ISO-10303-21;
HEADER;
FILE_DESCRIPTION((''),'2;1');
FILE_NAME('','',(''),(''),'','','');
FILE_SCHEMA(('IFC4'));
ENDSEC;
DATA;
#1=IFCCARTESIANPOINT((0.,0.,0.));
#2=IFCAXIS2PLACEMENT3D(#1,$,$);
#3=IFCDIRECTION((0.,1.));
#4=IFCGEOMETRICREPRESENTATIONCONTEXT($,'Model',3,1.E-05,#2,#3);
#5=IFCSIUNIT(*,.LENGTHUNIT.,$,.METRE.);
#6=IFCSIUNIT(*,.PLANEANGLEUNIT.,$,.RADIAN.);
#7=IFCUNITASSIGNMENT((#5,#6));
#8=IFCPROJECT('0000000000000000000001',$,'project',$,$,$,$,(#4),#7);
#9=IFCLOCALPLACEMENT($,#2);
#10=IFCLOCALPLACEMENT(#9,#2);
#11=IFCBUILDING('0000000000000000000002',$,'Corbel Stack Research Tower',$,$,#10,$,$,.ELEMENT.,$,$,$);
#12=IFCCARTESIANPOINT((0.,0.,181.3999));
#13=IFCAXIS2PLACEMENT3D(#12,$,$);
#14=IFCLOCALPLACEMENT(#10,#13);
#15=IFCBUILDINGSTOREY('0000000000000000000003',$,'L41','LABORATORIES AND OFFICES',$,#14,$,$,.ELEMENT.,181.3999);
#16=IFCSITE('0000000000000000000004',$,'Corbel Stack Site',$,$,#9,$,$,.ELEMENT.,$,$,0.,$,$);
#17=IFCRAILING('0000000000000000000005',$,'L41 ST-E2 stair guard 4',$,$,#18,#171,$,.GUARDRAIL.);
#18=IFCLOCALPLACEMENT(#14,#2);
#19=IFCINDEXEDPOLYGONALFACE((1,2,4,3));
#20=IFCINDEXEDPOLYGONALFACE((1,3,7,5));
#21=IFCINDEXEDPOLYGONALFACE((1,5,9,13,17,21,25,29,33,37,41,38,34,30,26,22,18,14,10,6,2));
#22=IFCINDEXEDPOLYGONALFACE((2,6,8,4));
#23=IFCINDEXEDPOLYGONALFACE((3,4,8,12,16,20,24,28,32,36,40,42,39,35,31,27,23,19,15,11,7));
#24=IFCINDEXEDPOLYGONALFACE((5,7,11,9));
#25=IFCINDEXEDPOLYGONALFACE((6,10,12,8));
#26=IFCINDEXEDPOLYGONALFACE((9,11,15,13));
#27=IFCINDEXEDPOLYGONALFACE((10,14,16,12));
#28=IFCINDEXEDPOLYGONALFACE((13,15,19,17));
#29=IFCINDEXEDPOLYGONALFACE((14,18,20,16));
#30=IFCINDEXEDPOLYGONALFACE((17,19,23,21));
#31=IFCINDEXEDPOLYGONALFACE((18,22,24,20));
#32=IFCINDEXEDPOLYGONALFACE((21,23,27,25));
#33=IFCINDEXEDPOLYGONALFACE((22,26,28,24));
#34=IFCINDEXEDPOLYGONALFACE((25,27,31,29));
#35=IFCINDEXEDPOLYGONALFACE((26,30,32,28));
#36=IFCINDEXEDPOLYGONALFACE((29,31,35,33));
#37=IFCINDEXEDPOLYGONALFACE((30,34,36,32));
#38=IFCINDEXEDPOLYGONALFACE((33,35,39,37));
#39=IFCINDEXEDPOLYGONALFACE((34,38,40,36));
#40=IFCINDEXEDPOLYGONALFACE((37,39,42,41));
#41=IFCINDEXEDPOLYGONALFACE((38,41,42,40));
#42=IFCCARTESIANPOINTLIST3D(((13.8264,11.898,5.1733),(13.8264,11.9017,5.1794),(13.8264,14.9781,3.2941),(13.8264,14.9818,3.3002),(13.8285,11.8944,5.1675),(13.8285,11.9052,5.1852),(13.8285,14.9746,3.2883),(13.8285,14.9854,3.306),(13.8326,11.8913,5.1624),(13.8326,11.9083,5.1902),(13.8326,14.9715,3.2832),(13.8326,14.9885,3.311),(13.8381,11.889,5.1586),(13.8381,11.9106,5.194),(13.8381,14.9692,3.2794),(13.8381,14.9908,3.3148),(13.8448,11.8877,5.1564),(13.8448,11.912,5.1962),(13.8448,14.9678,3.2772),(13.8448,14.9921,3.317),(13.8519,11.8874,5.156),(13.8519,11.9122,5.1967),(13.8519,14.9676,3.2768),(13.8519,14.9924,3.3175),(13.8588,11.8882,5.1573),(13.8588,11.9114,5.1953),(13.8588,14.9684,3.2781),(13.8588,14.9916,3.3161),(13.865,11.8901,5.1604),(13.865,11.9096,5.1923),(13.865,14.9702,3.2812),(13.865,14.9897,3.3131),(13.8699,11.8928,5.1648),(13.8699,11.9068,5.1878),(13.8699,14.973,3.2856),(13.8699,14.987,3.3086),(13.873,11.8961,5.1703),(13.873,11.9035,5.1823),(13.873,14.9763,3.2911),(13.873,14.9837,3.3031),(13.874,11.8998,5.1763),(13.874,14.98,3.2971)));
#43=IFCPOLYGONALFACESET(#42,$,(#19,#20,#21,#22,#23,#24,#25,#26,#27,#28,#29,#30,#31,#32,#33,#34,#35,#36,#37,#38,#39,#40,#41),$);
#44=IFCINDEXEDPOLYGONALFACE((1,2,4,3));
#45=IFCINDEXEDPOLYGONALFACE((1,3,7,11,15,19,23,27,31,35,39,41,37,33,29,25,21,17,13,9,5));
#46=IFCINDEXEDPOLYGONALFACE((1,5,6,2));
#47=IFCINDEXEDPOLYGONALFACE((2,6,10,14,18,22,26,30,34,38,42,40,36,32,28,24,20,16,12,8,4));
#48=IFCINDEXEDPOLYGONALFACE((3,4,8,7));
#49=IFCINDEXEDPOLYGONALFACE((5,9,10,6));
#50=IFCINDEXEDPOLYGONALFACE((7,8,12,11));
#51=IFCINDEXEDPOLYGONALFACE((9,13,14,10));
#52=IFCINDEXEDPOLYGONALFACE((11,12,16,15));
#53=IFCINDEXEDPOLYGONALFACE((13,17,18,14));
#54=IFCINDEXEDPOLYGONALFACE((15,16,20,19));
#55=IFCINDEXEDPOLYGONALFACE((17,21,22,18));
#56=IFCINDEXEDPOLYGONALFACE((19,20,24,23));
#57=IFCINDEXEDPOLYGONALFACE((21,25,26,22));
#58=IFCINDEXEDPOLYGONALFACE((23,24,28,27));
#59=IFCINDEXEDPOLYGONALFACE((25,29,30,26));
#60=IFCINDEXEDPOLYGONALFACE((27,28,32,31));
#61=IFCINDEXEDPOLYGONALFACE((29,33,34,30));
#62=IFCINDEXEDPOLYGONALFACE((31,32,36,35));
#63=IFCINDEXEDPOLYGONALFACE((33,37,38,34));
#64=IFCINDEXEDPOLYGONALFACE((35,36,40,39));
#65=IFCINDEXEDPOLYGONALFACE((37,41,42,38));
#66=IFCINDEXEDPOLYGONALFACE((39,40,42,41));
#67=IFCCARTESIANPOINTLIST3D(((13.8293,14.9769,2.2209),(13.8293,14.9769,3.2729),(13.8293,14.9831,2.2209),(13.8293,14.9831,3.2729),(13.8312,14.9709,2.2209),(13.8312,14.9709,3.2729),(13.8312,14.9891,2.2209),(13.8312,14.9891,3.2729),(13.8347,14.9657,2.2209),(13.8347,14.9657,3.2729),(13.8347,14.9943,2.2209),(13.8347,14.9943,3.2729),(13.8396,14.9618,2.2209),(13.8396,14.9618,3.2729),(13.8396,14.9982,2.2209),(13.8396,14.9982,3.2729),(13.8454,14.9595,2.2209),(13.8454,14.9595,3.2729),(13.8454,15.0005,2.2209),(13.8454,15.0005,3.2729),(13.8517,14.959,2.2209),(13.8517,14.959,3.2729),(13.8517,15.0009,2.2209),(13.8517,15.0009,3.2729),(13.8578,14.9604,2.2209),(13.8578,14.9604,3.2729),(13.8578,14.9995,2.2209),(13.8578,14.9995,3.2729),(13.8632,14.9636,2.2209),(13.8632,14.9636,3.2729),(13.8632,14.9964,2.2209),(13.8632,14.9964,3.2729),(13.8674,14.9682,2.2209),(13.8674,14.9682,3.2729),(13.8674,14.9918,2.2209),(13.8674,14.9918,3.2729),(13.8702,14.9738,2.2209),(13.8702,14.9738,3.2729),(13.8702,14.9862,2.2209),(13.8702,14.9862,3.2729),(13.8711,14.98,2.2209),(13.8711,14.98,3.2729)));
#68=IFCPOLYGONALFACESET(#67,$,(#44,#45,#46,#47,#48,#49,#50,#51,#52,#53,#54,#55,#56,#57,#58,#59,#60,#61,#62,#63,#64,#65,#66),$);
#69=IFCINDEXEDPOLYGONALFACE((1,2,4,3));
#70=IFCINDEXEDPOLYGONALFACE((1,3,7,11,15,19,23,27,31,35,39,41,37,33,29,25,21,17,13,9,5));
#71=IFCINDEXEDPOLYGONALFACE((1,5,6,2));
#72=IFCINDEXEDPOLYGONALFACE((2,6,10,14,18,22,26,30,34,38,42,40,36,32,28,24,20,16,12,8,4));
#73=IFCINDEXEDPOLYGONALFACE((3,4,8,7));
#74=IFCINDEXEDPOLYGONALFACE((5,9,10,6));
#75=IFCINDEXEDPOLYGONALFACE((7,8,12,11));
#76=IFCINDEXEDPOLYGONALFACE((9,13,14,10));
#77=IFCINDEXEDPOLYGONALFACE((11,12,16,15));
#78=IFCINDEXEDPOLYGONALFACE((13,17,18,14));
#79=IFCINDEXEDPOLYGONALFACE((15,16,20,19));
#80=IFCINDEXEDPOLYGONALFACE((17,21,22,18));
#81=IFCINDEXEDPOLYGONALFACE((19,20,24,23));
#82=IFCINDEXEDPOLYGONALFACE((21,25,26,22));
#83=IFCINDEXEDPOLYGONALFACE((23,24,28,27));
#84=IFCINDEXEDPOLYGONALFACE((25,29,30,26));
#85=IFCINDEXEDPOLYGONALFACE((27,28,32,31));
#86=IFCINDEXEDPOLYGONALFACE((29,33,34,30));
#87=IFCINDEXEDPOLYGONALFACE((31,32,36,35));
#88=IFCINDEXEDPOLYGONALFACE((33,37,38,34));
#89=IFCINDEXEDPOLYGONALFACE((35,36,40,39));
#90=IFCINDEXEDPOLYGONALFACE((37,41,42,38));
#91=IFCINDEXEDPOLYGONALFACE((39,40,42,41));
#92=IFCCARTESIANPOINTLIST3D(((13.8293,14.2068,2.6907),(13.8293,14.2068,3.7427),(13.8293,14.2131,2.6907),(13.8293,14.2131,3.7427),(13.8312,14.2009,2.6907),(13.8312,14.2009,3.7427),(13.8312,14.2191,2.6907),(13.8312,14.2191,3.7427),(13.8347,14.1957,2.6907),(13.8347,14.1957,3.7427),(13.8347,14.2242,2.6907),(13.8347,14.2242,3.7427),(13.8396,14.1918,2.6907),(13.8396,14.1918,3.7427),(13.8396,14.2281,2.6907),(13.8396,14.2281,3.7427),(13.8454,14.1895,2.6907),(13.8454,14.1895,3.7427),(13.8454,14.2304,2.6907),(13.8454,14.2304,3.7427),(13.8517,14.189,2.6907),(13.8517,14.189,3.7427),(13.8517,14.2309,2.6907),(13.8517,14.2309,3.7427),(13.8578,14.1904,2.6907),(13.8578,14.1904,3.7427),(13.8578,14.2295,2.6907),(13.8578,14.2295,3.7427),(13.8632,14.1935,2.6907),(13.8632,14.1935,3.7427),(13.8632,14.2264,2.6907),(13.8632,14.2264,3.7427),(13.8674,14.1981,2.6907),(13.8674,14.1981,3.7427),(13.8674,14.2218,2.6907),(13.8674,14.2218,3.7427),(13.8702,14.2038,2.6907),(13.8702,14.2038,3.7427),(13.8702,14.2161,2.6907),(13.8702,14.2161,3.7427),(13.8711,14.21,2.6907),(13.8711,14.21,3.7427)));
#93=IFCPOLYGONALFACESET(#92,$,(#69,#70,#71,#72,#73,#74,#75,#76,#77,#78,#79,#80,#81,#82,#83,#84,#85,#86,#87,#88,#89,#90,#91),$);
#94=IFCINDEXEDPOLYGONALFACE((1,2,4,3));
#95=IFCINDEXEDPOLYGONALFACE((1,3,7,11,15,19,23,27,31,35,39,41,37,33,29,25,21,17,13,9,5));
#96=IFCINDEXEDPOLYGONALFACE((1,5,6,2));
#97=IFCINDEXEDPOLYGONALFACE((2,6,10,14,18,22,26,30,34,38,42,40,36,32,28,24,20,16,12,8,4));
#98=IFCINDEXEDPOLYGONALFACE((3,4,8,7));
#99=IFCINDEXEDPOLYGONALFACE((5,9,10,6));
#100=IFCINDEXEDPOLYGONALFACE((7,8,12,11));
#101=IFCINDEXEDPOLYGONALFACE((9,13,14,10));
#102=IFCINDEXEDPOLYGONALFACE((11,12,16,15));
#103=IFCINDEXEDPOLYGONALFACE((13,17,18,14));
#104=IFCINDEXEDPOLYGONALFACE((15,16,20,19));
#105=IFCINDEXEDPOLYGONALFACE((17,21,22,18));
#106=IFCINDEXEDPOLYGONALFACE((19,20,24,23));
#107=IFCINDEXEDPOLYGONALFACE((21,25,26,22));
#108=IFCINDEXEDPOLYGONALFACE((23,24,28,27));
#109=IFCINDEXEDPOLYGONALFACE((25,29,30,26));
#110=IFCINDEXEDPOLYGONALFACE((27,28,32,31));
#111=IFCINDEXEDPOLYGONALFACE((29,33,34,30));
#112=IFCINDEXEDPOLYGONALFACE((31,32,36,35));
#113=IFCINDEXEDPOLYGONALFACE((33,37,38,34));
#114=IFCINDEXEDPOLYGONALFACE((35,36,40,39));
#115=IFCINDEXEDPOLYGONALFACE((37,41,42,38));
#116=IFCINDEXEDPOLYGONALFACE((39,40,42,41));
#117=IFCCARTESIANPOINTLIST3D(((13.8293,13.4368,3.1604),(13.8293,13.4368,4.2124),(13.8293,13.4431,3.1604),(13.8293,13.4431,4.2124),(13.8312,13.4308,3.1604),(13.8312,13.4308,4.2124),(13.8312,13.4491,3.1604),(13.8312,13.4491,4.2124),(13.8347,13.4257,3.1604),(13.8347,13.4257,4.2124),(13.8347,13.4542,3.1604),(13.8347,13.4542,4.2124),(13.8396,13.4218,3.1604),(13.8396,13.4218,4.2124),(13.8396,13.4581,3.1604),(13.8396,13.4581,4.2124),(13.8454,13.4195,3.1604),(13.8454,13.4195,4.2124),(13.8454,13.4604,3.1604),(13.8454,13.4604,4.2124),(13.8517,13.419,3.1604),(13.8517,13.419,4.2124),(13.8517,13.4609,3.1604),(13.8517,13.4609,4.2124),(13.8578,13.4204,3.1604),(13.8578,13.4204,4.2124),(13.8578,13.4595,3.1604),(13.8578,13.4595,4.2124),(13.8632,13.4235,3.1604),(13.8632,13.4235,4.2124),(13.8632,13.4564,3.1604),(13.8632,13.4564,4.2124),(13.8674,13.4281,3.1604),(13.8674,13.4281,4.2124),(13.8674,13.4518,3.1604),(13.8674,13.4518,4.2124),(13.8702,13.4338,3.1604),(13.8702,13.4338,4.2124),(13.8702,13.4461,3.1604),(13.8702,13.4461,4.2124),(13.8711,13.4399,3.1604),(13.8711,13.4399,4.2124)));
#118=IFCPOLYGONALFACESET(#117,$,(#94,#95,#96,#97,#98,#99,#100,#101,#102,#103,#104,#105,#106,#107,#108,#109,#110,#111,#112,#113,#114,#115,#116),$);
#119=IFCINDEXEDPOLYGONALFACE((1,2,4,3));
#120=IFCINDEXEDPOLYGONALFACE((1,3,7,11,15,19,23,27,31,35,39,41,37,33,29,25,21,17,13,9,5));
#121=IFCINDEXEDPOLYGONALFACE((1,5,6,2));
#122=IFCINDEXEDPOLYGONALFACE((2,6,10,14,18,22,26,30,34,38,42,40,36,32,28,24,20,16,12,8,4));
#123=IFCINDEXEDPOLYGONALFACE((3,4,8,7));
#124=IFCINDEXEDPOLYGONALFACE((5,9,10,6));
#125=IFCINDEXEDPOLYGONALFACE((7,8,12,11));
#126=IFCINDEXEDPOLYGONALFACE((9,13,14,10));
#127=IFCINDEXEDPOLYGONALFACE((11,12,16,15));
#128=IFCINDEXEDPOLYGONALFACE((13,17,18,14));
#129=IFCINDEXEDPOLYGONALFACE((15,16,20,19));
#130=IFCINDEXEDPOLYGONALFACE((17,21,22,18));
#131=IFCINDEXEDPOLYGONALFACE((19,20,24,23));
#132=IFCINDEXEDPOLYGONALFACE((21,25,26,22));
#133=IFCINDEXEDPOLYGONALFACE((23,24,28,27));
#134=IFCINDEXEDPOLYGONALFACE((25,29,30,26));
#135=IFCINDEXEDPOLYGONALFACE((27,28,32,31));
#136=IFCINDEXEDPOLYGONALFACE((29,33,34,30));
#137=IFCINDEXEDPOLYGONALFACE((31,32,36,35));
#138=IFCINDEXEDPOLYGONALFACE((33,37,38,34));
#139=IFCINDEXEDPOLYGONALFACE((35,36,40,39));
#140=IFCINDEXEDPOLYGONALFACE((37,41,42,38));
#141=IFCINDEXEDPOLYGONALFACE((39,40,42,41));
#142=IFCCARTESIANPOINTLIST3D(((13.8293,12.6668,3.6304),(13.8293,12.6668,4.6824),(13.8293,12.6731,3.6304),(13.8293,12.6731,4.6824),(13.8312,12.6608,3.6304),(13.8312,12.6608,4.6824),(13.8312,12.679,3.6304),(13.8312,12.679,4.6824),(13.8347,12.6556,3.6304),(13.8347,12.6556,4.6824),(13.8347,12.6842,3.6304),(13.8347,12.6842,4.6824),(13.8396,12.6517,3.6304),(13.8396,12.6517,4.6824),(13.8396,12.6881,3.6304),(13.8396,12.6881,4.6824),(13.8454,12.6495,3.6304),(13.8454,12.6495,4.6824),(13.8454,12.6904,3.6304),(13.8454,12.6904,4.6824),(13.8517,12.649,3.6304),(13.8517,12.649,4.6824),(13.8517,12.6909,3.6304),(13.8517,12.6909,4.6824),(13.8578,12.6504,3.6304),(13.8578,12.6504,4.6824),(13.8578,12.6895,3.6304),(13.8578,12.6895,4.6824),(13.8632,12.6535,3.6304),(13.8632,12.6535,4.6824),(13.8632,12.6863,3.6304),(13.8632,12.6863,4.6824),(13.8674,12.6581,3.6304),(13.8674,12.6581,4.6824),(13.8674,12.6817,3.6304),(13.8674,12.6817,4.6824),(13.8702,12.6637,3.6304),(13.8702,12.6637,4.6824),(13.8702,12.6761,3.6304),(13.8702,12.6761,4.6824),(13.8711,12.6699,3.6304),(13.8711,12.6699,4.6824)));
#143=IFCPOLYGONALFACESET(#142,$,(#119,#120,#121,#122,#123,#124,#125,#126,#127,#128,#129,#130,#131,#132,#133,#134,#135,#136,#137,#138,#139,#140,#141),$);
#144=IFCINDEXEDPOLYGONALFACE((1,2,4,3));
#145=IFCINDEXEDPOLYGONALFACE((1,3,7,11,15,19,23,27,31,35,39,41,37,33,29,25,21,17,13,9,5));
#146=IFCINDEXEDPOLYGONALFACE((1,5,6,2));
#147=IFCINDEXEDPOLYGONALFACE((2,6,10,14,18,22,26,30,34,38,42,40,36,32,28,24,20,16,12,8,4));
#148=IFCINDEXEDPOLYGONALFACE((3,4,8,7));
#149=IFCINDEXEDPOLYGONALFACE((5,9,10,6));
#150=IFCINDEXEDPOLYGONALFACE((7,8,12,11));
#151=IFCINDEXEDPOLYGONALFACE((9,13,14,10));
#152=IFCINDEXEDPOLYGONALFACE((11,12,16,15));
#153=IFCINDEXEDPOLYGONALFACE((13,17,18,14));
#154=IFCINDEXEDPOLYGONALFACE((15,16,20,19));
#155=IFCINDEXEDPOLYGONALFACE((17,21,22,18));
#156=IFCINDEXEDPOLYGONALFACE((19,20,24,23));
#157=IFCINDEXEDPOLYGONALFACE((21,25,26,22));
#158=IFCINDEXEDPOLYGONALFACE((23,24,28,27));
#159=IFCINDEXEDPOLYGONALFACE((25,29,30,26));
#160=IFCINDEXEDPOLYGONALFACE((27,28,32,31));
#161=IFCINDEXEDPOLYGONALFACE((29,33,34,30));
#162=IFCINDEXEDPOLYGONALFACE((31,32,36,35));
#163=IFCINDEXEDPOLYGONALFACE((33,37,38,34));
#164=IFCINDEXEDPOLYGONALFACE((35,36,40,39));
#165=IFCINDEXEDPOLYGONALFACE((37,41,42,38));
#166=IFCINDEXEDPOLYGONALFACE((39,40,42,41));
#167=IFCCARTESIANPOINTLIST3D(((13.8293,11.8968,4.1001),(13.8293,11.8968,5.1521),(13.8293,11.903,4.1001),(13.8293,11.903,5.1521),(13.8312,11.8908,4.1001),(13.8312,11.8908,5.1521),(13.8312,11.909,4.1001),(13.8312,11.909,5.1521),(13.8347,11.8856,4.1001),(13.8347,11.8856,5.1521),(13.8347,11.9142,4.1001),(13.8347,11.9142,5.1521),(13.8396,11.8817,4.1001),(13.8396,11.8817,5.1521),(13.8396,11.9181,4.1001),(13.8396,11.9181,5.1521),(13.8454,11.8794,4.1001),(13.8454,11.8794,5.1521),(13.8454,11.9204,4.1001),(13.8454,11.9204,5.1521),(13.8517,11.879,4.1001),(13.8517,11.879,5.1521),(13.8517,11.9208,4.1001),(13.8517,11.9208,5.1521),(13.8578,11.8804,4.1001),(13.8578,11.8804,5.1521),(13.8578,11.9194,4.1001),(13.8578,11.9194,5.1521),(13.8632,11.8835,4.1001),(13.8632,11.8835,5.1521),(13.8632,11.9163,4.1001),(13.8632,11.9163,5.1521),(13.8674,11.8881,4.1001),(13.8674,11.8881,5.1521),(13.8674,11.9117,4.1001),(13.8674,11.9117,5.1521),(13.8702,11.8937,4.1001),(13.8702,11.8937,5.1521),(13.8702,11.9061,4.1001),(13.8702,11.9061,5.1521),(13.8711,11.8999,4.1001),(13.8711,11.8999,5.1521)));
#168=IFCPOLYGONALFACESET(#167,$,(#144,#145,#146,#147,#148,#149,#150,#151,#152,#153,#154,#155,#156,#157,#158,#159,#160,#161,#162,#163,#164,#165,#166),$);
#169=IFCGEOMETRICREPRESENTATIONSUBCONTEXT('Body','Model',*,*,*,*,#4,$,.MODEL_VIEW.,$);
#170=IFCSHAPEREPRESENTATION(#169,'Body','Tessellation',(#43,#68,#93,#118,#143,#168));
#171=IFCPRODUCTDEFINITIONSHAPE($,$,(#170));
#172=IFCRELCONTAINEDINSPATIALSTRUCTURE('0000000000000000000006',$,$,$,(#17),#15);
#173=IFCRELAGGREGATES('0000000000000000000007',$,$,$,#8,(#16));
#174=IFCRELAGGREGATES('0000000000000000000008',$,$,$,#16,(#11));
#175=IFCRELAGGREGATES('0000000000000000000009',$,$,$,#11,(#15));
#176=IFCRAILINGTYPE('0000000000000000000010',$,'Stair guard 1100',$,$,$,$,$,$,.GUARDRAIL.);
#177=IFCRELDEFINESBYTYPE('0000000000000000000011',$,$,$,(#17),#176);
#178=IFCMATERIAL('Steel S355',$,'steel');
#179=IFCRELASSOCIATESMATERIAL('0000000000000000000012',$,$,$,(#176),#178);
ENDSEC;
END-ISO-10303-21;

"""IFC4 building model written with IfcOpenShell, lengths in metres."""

from ifc_helpers import new_model, si_unit, direction, frame, origin, origin_2d, place, context, subcontext, project, spatial, circle, extrude, material, type_object, element, save


model = new_model("IFC4")

# Units and contexts
model_context = context("Model", 3, precision=1e-05, world=origin(), true_north=direction((0.0, 1.0)))
body_context = subcontext(model_context, "Body", "Model", "MODEL_VIEW")
ifc_project = project(units=[si_unit("LENGTHUNIT", "METRE"), si_unit("PLANEANGLEUNIT", "RADIAN")], contexts=[model_context])

# Site, building, storey
site_placement = place(None, origin())
site = spatial("IfcSite", under=ifc_project, at=site_placement, Name="Corbel Stack Site", CompositionType="ELEMENT", RefElevation=0.0)
building_placement = place(site_placement, origin())
building = spatial("IfcBuilding", under=site, at=building_placement, Name="Corbel Stack Research Tower", CompositionType="ELEMENT")
storey_placement = place(building_placement, frame((0.0, 0.0, 181.3999)))
storey = spatial("IfcBuildingStorey", under=building, at=storey_placement, Name="L41", Description="LABORATORIES AND OFFICES", CompositionType="ELEMENT", Elevation=181.3999)

# Railing
ifc_material_1 = material(Name="Steel S355", Category="steel")
railing_type = type_object("IfcRailingType", Name="Stair guard 1100", PredefinedType="GUARDRAIL", material=ifc_material_1)
railing_1_placement = place(storey_placement, frame((13.8501, 14.98, 2.2209)))
element("IfcRailing", 1, at=railing_1_placement, inside=storey, type_object=railing_type, Name="L41 ST-E2 stair guard 4", PredefinedType="GUARDRAIL", context=body_context, shape_type="SweptSolid", body=[
    extrude(circle(Radius=0.0239, at=origin_2d()), frame((0.0, 0.0, 1.0762), z_axis=(0.0, -0.853666, 0.52082), x_axis=(1.0, 0.0, 0.0)), (0.0, 0.0, 1.0), 3.6082),
    extrude(circle(Radius=0.021, at=origin_2d()), origin(), (0.0, 0.0, 1.0), 1.052),
    extrude(circle(Radius=0.021, at=origin_2d()), frame((0.0, -0.77, 0.4697)), (0.0, 0.0, 1.0), 1.052),
    extrude(circle(Radius=0.021, at=origin_2d()), frame((0.0, -1.54, 0.9395)), (0.0, 0.0, 1.0), 1.052),
    extrude(circle(Radius=0.021, at=origin_2d()), frame((0.0, -2.3101, 1.4094)), (0.0, 0.0, 1.0), 1.052),
    extrude(circle(Radius=0.021, at=origin_2d()), frame((0.0, -3.0801, 1.8792)), (0.0, 0.0, 1.0), 1.052),
])

save(model, "model.ifc")
